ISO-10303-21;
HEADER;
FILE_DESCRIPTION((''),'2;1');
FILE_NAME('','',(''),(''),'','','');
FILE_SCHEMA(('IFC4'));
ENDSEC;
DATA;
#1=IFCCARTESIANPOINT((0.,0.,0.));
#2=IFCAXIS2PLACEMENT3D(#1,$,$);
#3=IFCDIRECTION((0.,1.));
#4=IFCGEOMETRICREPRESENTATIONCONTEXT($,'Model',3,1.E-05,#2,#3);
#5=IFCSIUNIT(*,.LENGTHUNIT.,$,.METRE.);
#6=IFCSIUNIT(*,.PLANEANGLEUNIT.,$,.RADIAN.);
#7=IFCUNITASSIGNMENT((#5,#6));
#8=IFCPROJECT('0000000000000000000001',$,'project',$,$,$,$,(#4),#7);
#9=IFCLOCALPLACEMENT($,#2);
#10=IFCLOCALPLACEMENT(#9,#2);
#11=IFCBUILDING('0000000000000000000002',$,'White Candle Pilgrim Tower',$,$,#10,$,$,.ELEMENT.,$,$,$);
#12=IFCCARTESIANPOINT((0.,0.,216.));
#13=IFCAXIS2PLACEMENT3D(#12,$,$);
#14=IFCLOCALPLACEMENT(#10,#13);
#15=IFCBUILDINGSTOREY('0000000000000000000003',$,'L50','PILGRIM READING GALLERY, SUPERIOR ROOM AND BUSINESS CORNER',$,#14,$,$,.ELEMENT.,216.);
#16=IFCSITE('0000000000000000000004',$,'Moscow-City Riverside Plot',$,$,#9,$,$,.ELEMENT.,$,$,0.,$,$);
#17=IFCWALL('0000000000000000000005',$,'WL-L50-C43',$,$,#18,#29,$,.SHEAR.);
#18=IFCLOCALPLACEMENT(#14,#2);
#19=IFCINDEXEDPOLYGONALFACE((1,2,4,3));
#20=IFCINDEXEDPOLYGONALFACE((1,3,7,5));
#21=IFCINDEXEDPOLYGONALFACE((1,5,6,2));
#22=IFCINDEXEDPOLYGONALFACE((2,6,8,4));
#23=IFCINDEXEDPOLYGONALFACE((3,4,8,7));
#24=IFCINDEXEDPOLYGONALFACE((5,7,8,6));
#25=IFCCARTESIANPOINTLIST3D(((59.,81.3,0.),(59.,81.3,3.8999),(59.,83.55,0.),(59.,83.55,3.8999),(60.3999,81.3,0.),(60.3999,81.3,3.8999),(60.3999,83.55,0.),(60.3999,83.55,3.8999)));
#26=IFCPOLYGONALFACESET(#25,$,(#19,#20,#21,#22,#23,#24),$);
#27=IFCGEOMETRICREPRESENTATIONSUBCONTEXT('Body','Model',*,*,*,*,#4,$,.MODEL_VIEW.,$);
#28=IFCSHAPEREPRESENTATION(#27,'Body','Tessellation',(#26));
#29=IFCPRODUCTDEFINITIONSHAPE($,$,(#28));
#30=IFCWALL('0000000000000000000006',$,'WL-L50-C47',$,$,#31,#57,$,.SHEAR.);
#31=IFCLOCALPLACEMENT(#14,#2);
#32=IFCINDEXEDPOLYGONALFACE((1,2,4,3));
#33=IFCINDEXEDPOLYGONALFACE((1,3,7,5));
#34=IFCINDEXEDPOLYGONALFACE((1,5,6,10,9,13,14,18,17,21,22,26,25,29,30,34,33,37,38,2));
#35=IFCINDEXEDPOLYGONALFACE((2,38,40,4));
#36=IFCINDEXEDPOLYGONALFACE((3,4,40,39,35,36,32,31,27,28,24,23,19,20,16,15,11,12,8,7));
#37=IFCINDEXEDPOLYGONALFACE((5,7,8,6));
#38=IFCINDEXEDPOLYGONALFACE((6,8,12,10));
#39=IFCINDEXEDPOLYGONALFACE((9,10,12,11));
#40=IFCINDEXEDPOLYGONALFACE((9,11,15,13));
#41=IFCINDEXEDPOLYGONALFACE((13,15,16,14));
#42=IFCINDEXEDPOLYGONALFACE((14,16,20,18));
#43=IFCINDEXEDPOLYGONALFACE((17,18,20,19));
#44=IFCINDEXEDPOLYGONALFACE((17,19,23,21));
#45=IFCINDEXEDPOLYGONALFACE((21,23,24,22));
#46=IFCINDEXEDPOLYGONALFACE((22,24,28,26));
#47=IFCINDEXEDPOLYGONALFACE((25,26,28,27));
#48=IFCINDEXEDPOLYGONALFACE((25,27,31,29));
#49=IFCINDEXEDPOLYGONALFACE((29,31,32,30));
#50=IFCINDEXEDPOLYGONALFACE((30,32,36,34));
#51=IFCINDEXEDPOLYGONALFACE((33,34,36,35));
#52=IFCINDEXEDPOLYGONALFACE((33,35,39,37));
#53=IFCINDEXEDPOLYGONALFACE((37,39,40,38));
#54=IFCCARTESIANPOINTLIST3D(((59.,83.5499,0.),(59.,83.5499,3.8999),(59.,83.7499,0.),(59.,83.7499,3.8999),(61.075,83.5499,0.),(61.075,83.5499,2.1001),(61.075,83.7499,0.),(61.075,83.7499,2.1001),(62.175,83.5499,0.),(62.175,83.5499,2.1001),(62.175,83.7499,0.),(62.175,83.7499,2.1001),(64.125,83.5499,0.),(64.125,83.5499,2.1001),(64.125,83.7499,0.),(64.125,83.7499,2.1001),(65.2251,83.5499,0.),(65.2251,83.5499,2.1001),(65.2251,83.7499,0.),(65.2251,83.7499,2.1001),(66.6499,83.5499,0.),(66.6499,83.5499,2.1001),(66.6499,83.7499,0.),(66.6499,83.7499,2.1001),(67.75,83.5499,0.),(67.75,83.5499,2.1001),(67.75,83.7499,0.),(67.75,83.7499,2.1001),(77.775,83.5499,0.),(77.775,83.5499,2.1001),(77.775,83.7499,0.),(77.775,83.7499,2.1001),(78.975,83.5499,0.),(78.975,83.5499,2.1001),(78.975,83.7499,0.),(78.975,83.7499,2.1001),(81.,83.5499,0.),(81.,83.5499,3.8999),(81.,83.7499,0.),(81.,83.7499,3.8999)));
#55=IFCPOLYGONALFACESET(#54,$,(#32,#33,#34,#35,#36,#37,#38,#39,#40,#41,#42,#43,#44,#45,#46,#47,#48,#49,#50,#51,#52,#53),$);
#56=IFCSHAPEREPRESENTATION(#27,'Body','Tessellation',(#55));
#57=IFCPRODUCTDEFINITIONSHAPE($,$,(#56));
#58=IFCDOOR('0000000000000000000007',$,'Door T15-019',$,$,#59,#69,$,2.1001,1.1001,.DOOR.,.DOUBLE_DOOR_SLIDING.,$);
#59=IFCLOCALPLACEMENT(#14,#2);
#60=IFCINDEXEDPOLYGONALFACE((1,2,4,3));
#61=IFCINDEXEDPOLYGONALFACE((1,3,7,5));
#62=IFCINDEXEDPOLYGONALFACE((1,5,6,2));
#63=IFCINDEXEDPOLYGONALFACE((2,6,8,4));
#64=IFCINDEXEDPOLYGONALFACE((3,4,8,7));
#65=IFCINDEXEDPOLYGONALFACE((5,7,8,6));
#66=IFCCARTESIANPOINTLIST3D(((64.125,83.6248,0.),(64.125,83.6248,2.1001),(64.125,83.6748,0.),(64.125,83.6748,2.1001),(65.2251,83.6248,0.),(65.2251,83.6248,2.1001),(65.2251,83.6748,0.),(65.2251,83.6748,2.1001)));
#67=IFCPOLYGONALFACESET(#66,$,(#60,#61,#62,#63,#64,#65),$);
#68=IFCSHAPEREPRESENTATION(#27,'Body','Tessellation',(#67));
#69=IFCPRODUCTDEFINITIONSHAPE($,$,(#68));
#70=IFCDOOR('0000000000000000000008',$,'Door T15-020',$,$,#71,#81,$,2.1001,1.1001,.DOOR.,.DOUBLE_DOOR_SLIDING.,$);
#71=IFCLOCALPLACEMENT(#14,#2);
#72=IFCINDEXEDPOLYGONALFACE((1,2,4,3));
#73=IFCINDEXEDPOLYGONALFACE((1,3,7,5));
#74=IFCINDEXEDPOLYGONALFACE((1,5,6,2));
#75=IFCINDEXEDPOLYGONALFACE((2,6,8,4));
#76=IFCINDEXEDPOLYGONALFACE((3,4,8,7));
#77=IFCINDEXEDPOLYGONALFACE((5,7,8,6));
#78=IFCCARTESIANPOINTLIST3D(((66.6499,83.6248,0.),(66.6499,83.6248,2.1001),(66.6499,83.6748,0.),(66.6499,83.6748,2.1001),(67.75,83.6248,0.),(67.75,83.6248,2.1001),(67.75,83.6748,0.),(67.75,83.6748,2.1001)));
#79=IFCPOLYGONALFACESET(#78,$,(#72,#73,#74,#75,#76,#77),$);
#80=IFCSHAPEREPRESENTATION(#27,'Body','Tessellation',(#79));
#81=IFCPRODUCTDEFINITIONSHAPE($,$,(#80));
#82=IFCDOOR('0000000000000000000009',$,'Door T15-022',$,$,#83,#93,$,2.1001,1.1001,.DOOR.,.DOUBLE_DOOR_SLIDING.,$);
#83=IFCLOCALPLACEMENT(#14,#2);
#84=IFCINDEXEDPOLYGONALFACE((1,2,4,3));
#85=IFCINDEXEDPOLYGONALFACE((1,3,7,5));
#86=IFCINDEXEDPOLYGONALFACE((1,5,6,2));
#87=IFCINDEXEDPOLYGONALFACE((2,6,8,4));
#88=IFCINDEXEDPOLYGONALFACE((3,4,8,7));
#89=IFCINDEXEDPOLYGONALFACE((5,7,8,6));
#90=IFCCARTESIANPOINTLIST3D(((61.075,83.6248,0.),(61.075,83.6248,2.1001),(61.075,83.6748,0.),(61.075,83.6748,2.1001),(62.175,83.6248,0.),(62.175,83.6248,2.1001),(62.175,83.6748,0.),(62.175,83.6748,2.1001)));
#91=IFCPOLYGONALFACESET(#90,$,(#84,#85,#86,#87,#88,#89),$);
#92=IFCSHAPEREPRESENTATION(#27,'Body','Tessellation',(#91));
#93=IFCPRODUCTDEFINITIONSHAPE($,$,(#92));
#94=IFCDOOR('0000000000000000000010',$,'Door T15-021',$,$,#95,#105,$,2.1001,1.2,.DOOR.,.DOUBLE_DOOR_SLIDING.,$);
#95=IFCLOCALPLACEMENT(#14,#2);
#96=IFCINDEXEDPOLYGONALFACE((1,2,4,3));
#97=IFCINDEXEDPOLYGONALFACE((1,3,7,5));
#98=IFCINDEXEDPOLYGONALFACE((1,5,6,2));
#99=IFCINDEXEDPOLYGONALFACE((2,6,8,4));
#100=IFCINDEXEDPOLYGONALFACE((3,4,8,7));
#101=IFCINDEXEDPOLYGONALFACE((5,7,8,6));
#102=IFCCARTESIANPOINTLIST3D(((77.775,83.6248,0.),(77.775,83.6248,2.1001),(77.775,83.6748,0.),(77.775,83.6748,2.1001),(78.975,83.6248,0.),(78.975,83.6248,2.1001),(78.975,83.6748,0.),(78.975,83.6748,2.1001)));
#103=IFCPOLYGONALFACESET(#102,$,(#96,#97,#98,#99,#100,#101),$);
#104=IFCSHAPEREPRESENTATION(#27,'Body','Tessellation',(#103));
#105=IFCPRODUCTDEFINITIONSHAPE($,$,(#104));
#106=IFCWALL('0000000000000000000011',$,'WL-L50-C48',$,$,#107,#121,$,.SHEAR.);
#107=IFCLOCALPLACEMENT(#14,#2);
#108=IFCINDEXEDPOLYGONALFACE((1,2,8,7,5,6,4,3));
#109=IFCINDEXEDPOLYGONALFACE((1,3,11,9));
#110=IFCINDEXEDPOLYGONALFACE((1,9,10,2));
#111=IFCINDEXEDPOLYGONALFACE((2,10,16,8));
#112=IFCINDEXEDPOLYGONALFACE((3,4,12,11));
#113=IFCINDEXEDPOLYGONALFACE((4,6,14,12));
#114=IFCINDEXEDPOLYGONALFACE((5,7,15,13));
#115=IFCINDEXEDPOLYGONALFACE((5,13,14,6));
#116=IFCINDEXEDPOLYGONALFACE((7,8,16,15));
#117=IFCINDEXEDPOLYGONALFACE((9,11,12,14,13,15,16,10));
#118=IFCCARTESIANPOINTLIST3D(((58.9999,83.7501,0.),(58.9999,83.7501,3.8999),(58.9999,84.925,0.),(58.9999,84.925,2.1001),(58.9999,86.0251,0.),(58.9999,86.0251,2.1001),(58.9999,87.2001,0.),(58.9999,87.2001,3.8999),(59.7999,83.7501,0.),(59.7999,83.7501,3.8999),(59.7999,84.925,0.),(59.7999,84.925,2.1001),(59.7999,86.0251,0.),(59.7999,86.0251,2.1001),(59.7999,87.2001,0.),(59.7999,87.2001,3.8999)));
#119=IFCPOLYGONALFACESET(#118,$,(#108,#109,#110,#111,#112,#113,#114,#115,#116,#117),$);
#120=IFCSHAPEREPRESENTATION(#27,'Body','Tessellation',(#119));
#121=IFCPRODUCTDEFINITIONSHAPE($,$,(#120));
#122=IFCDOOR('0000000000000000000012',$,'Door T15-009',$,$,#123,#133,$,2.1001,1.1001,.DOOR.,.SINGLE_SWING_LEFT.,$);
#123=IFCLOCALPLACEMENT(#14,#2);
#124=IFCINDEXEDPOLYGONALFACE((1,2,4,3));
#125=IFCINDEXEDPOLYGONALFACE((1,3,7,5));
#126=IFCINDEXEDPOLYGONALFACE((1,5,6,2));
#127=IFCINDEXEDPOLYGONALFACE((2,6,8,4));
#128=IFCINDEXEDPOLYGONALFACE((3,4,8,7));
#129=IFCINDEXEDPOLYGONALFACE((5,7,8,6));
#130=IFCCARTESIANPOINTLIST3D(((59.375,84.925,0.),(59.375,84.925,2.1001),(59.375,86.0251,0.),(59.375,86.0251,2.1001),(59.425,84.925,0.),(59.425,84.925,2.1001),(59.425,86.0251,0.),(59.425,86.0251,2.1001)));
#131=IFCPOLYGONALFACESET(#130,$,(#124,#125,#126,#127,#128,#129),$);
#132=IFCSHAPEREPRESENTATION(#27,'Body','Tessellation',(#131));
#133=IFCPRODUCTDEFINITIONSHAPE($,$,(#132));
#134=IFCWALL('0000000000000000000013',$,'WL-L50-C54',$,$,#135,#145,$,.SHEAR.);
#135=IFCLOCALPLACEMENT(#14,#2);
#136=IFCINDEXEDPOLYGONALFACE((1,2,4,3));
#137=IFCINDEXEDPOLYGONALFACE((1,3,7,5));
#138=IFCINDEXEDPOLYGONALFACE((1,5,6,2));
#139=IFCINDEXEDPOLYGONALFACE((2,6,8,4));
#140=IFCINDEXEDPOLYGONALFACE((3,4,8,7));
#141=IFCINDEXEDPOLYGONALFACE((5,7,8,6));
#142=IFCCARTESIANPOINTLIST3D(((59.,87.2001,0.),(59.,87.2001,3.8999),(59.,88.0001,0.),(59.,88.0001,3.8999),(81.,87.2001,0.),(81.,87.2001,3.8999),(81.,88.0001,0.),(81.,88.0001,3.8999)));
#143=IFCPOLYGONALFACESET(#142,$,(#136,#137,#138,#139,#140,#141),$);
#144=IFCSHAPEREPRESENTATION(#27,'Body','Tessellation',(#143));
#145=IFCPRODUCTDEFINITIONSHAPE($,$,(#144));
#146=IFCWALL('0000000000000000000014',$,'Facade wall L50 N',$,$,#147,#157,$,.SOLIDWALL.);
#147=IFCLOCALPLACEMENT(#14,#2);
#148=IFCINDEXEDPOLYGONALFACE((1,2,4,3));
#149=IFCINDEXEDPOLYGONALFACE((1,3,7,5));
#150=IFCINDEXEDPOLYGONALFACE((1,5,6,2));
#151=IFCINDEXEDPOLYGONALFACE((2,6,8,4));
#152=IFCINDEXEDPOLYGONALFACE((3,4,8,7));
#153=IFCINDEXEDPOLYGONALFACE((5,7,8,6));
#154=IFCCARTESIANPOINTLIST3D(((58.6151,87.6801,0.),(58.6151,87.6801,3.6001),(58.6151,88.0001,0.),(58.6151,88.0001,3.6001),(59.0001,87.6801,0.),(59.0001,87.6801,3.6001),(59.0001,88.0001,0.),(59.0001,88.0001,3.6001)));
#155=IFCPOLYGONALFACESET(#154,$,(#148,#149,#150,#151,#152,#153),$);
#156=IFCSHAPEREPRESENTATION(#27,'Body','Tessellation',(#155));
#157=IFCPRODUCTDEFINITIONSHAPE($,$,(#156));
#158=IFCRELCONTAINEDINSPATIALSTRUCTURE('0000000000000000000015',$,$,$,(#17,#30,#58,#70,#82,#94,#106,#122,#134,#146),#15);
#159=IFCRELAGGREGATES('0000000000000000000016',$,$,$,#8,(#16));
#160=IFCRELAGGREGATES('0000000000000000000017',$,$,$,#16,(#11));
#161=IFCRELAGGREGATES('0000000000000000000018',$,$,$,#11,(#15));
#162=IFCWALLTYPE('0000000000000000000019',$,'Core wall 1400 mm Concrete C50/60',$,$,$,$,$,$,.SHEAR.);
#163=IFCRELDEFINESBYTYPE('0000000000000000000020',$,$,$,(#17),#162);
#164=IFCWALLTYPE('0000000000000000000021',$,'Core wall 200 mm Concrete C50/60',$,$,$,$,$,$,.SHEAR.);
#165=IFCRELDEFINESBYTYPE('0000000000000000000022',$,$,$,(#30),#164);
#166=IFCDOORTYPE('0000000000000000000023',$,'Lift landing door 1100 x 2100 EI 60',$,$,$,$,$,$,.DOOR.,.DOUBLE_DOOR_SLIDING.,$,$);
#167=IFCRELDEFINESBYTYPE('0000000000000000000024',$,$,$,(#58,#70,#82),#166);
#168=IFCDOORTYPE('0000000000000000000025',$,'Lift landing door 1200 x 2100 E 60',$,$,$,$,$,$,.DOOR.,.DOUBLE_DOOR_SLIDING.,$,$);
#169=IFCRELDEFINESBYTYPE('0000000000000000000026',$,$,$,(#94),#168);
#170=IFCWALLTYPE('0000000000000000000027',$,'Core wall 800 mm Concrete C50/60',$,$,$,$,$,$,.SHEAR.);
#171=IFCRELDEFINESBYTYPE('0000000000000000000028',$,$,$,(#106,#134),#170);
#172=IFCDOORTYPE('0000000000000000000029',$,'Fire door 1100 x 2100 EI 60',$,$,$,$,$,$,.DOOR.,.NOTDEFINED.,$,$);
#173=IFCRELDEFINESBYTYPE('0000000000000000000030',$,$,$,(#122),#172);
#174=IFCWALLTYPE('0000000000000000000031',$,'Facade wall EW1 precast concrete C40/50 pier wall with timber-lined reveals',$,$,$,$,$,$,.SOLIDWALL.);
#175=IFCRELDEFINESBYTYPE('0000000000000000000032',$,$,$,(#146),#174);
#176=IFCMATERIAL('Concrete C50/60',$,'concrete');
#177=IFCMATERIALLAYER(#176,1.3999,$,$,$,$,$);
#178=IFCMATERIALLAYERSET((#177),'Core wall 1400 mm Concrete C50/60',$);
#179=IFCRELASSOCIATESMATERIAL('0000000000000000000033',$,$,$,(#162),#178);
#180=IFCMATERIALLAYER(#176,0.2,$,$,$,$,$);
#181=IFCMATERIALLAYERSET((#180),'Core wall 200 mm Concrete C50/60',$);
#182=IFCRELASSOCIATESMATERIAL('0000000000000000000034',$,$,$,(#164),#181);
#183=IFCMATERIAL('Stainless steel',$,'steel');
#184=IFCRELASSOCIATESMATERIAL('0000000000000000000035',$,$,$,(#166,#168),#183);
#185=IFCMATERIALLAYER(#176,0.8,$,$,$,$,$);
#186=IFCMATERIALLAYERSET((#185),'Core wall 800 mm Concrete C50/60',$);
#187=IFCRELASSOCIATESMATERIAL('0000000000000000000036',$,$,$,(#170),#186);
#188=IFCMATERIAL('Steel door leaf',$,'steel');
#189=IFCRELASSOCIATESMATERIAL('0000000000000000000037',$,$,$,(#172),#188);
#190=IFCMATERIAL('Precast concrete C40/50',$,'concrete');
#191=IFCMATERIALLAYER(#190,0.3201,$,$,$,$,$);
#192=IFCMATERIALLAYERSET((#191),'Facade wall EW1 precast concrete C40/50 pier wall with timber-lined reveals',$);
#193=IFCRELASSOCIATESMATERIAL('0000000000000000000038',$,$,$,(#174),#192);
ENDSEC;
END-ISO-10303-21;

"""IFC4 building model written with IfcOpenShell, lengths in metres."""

from ifc_helpers import new_model, si_unit, direction, frame, frame_2d, origin, place, context, subcontext, project, spatial, rectangle, extrude, material, layer, layer_set, type_object, element, fill, save


model = new_model("IFC4")

# Units and contexts
model_context = context("Model", 3, precision=1e-05, world=origin(), true_north=direction((0.0, 1.0)))
body_context = subcontext(model_context, "Body", "Model", "MODEL_VIEW")
ifc_project = project(units=[si_unit("LENGTHUNIT", "METRE"), si_unit("PLANEANGLEUNIT", "RADIAN")], contexts=[model_context])

# Site, building, storey
site_placement = place(None, origin())
site = spatial("IfcSite", under=ifc_project, at=site_placement, Name="Moscow-City Riverside Plot", CompositionType="ELEMENT", RefElevation=0.0)
building_placement = place(site_placement, origin())
building = spatial("IfcBuilding", under=site, at=building_placement, Name="White Candle Pilgrim Tower", CompositionType="ELEMENT")
storey_placement = place(building_placement, frame((0.0, 0.0, 216.0)))
storey = spatial("IfcBuildingStorey", under=building, at=storey_placement, Name="L50", Description="PILGRIM READING GALLERY, SUPERIOR ROOM AND BUSINESS CORNER", CompositionType="ELEMENT", Elevation=216.0)

# Wall
ifc_material_1 = material(Name="Concrete C50/60", Category="concrete")
ifc_layer_1 = layer(ifc_material_1, 1.3999)
ifc_layer_set_1 = layer_set([ifc_layer_1], Name="Core wall 1400 mm Concrete C50/60")
wall_type_1 = type_object("IfcWallType", Name="Core wall 1400 mm Concrete C50/60", PredefinedType="SHEAR", material=ifc_layer_set_1)
wall_1_placement = place(storey_placement, frame((59.7, 81.3, 0.0), z_axis=(0.0, 0.0, 1.0), x_axis=(0.0, 1.0, 0.0)))
element("IfcWall", 1, at=wall_1_placement, inside=storey, type_object=wall_type_1, Name="WL-L50-C43", PredefinedType="SHEAR", context=body_context, shape_type="SweptSolid", body=[
    extrude(rectangle(XDim=2.25, YDim=1.3999, at=frame_2d((1.125, 0.0))), origin(), (0.0, 0.0, 1.0), 3.8999),
])

# Wall, openings, doors
ifc_layer_2 = layer(ifc_material_1, 0.2)
ifc_layer_set_2 = layer_set([ifc_layer_2], Name="Core wall 200 mm Concrete C50/60")
wall_type_2 = type_object("IfcWallType", Name="Core wall 200 mm Concrete C50/60", PredefinedType="SHEAR", material=ifc_layer_set_2)
wall_2_placement = place(storey_placement, frame((59.0, 83.6499, 0.0), z_axis=(0.0, 0.0, 1.0), x_axis=(1.0, 0.0, 0.0)))
wall_2 = element("IfcWall", 2, at=wall_2_placement, inside=storey, type_object=wall_type_2, Name="WL-L50-C47", PredefinedType="SHEAR", context=body_context, shape_type="SweptSolid", body=[
    extrude(rectangle(XDim=22.0, YDim=0.2, at=frame_2d((11.0, 0.0))), origin(), (0.0, 0.0, 1.0), 3.8999),
])
opening_1_placement = place(wall_2_placement, frame((5.125, 0.0, 0.0)))
opening_1 = element("IfcOpeningElement", 3, at=opening_1_placement, cuts=wall_2, PredefinedType="OPENING", context=body_context, shape_type="SweptSolid", body=[
    extrude(rectangle(XDim=1.1001, YDim=2.1001, at=frame_2d((0.55, 1.05))), frame((0.0, 0.1099, 0.0), z_axis=(0.0, -1.0, 0.0), x_axis=(1.0, 0.0, 0.0)), (0.0, 0.0, 1.0), 0.22),
])
opening_2_placement = place(wall_2_placement, frame((7.6499, 0.0, 0.0)))
opening_2 = element("IfcOpeningElement", 4, at=opening_2_placement, cuts=wall_2, PredefinedType="OPENING", context=body_context, shape_type="SweptSolid", body=[
    extrude(rectangle(XDim=1.1001, YDim=2.1001, at=frame_2d((0.55, 1.05))), frame((0.0, 0.1099, 0.0), z_axis=(0.0, -1.0, 0.0), x_axis=(1.0, 0.0, 0.0)), (0.0, 0.0, 1.0), 0.22),
])
opening_3_placement = place(wall_2_placement, frame((18.7749, 0.0, 0.0)))
opening_3 = element("IfcOpeningElement", 5, at=opening_3_placement, cuts=wall_2, PredefinedType="OPENING", context=body_context, shape_type="SweptSolid", body=[
    extrude(rectangle(XDim=1.2, YDim=2.1001, at=frame_2d((0.6001, 1.05))), frame((0.0, 0.1099, 0.0), z_axis=(0.0, -1.0, 0.0), x_axis=(1.0, 0.0, 0.0)), (0.0, 0.0, 1.0), 0.22),
])
opening_4_placement = place(wall_2_placement, frame((2.075, 0.0, 0.0)))
opening_4 = element("IfcOpeningElement", 6, at=opening_4_placement, cuts=wall_2, PredefinedType="OPENING", context=body_context, shape_type="SweptSolid", body=[
    extrude(rectangle(XDim=1.1001, YDim=2.1001, at=frame_2d((0.55, 1.05))), frame((0.0, 0.1099, 0.0), z_axis=(0.0, -1.0, 0.0), x_axis=(1.0, 0.0, 0.0)), (0.0, 0.0, 1.0), 0.22),
])
ifc_material_2 = material(Name="Stainless steel", Category="steel")
door_type_1 = type_object("IfcDoorType", Name="Lift landing door 1100 x 2100 EI 60", OperationType="DOUBLE_DOOR_SLIDING", PredefinedType="DOOR", material=ifc_material_2)
door_1_placement = place(opening_1_placement, origin())
door_1 = element("IfcDoor", 7, at=door_1_placement, inside=storey, type_object=door_type_1, Name="Door T15-019", OperationType="DOUBLE_DOOR_SLIDING", OverallHeight=2.1001, OverallWidth=1.1001, PredefinedType="DOOR", context=body_context, shape_type="SweptSolid", body=[
    extrude(rectangle(XDim=1.1001, YDim=2.1001, at=frame_2d((0.55, 1.05))), frame((0.0, 0.0249, 0.0), z_axis=(0.0, -1.0, 0.0), x_axis=(1.0, 0.0, 0.0)), (0.0, 0.0, 1.0), 0.05),
])
fill(opening_1, door_1)
door_2_placement = place(opening_2_placement, origin())
door_2 = element("IfcDoor", 8, at=door_2_placement, inside=storey, type_object=door_type_1, Name="Door T15-020", OperationType="DOUBLE_DOOR_SLIDING", OverallHeight=2.1001, OverallWidth=1.1001, PredefinedType="DOOR", context=body_context, shape_type="SweptSolid", body=[
    extrude(rectangle(XDim=1.1001, YDim=2.1001, at=frame_2d((0.55, 1.05))), frame((0.0, 0.0249, 0.0), z_axis=(0.0, -1.0, 0.0), x_axis=(1.0, 0.0, 0.0)), (0.0, 0.0, 1.0), 0.05),
])
fill(opening_2, door_2)
door_3_placement = place(opening_4_placement, origin())
door_3 = element("IfcDoor", 9, at=door_3_placement, inside=storey, type_object=door_type_1, Name="Door T15-022", OperationType="DOUBLE_DOOR_SLIDING", OverallHeight=2.1001, OverallWidth=1.1001, PredefinedType="DOOR", context=body_context, shape_type="SweptSolid", body=[
    extrude(rectangle(XDim=1.1001, YDim=2.1001, at=frame_2d((0.55, 1.05))), frame((0.0, 0.0249, 0.0), z_axis=(0.0, -1.0, 0.0), x_axis=(1.0, 0.0, 0.0)), (0.0, 0.0, 1.0), 0.05),
])
fill(opening_4, door_3)
door_type_2 = type_object("IfcDoorType", Name="Lift landing door 1200 x 2100 E 60", OperationType="DOUBLE_DOOR_SLIDING", PredefinedType="DOOR", material=ifc_material_2)
door_4_placement = place(opening_3_placement, origin())
door_4 = element("IfcDoor", 10, at=door_4_placement, inside=storey, type_object=door_type_2, Name="Door T15-021", OperationType="DOUBLE_DOOR_SLIDING", OverallHeight=2.1001, OverallWidth=1.2, PredefinedType="DOOR", context=body_context, shape_type="SweptSolid", body=[
    extrude(rectangle(XDim=1.2, YDim=2.1001, at=frame_2d((0.6001, 1.05))), frame((0.0, 0.0249, 0.0), z_axis=(0.0, -1.0, 0.0), x_axis=(1.0, 0.0, 0.0)), (0.0, 0.0, 1.0), 0.05),
])
fill(opening_3, door_4)

# Wall, opening, door
ifc_layer_3 = layer(ifc_material_1, 0.8)
ifc_layer_set_3 = layer_set([ifc_layer_3], Name="Core wall 800 mm Concrete C50/60")
wall_type_3 = type_object("IfcWallType", Name="Core wall 800 mm Concrete C50/60", PredefinedType="SHEAR", material=ifc_layer_set_3)
wall_3_placement = place(storey_placement, frame((59.3999, 83.75, 0.0), z_axis=(0.0, 0.0, 1.0), x_axis=(0.0, 1.0, 0.0)))
wall_3 = element("IfcWall", 11, at=wall_3_placement, inside=storey, type_object=wall_type_3, Name="WL-L50-C48", PredefinedType="SHEAR", context=body_context, shape_type="SweptSolid", body=[
    extrude(rectangle(XDim=3.45, YDim=0.8, at=frame_2d((1.7251, 0.0))), origin(), (0.0, 0.0, 1.0), 3.8999),
])
opening_5_placement = place(wall_3_placement, frame((1.175, 0.0, 0.0)))
opening_5 = element("IfcOpeningElement", 12, at=opening_5_placement, cuts=wall_3, PredefinedType="OPENING", context=body_context, shape_type="SweptSolid", body=[
    extrude(rectangle(XDim=1.1001, YDim=2.1001, at=frame_2d((0.55, 1.05))), frame((0.0, 0.4099, 0.0), z_axis=(0.0, -1.0, 0.0), x_axis=(1.0, 0.0, 0.0)), (0.0, 0.0, 1.0), 0.8201),
])
ifc_material_3 = material(Name="Steel door leaf", Category="steel")
door_type_3 = type_object("IfcDoorType", Name="Fire door 1100 x 2100 EI 60", OperationType="NOTDEFINED", PredefinedType="DOOR", material=ifc_material_3)
door_5_placement = place(opening_5_placement, origin())
door_5 = element("IfcDoor", 13, at=door_5_placement, inside=storey, type_object=door_type_3, Name="Door T15-009", OperationType="SINGLE_SWING_LEFT", OverallHeight=2.1001, OverallWidth=1.1001, PredefinedType="DOOR", context=body_context, shape_type="SweptSolid", body=[
    extrude(rectangle(XDim=1.1001, YDim=2.1001, at=frame_2d((0.55, 1.05))), frame((0.0, 0.0249, 0.0), z_axis=(0.0, -1.0, 0.0), x_axis=(1.0, 0.0, 0.0)), (0.0, 0.0, 1.0), 0.05),
])
fill(opening_5, door_5)

# Walls
wall_4_placement = place(storey_placement, frame((59.0, 87.6001, 0.0), z_axis=(0.0, 0.0, 1.0), x_axis=(1.0, 0.0, 0.0)))
element("IfcWall", 14, at=wall_4_placement, inside=storey, type_object=wall_type_3, Name="WL-L50-C54", PredefinedType="SHEAR", context=body_context, shape_type="SweptSolid", body=[
    extrude(rectangle(XDim=22.0, YDim=0.8, at=frame_2d((11.0, 0.0))), origin(), (0.0, 0.0, 1.0), 3.8999),
])
ifc_material_4 = material(Name="Precast concrete C40/50", Category="concrete")
ifc_layer_4 = layer(ifc_material_4, 0.3201)
ifc_layer_set_4 = layer_set([ifc_layer_4], Name="Facade wall EW1 precast concrete C40/50 pier wall with timber-lined reveals")
wall_type_4 = type_object("IfcWallType", Name="Facade wall EW1 precast concrete C40/50 pier wall with timber-lined reveals", PredefinedType="SOLIDWALL", material=ifc_layer_set_4)
wall_5_placement = place(storey_placement, frame((59.0, 87.8401, 0.0), z_axis=(0.0, 0.0, 1.0), x_axis=(-1.0, 0.0, 0.0)))
element("IfcWall", 15, at=wall_5_placement, inside=storey, type_object=wall_type_4, Name="Facade wall L50 N", PredefinedType="SOLIDWALL", context=body_context, shape_type="SweptSolid", body=[
    extrude(rectangle(XDim=0.385, YDim=0.3201, at=frame_2d((0.1924, 0.0))), origin(), (0.0, 0.0, 1.0), 3.6001),
])

save(model, "model.ifc")
